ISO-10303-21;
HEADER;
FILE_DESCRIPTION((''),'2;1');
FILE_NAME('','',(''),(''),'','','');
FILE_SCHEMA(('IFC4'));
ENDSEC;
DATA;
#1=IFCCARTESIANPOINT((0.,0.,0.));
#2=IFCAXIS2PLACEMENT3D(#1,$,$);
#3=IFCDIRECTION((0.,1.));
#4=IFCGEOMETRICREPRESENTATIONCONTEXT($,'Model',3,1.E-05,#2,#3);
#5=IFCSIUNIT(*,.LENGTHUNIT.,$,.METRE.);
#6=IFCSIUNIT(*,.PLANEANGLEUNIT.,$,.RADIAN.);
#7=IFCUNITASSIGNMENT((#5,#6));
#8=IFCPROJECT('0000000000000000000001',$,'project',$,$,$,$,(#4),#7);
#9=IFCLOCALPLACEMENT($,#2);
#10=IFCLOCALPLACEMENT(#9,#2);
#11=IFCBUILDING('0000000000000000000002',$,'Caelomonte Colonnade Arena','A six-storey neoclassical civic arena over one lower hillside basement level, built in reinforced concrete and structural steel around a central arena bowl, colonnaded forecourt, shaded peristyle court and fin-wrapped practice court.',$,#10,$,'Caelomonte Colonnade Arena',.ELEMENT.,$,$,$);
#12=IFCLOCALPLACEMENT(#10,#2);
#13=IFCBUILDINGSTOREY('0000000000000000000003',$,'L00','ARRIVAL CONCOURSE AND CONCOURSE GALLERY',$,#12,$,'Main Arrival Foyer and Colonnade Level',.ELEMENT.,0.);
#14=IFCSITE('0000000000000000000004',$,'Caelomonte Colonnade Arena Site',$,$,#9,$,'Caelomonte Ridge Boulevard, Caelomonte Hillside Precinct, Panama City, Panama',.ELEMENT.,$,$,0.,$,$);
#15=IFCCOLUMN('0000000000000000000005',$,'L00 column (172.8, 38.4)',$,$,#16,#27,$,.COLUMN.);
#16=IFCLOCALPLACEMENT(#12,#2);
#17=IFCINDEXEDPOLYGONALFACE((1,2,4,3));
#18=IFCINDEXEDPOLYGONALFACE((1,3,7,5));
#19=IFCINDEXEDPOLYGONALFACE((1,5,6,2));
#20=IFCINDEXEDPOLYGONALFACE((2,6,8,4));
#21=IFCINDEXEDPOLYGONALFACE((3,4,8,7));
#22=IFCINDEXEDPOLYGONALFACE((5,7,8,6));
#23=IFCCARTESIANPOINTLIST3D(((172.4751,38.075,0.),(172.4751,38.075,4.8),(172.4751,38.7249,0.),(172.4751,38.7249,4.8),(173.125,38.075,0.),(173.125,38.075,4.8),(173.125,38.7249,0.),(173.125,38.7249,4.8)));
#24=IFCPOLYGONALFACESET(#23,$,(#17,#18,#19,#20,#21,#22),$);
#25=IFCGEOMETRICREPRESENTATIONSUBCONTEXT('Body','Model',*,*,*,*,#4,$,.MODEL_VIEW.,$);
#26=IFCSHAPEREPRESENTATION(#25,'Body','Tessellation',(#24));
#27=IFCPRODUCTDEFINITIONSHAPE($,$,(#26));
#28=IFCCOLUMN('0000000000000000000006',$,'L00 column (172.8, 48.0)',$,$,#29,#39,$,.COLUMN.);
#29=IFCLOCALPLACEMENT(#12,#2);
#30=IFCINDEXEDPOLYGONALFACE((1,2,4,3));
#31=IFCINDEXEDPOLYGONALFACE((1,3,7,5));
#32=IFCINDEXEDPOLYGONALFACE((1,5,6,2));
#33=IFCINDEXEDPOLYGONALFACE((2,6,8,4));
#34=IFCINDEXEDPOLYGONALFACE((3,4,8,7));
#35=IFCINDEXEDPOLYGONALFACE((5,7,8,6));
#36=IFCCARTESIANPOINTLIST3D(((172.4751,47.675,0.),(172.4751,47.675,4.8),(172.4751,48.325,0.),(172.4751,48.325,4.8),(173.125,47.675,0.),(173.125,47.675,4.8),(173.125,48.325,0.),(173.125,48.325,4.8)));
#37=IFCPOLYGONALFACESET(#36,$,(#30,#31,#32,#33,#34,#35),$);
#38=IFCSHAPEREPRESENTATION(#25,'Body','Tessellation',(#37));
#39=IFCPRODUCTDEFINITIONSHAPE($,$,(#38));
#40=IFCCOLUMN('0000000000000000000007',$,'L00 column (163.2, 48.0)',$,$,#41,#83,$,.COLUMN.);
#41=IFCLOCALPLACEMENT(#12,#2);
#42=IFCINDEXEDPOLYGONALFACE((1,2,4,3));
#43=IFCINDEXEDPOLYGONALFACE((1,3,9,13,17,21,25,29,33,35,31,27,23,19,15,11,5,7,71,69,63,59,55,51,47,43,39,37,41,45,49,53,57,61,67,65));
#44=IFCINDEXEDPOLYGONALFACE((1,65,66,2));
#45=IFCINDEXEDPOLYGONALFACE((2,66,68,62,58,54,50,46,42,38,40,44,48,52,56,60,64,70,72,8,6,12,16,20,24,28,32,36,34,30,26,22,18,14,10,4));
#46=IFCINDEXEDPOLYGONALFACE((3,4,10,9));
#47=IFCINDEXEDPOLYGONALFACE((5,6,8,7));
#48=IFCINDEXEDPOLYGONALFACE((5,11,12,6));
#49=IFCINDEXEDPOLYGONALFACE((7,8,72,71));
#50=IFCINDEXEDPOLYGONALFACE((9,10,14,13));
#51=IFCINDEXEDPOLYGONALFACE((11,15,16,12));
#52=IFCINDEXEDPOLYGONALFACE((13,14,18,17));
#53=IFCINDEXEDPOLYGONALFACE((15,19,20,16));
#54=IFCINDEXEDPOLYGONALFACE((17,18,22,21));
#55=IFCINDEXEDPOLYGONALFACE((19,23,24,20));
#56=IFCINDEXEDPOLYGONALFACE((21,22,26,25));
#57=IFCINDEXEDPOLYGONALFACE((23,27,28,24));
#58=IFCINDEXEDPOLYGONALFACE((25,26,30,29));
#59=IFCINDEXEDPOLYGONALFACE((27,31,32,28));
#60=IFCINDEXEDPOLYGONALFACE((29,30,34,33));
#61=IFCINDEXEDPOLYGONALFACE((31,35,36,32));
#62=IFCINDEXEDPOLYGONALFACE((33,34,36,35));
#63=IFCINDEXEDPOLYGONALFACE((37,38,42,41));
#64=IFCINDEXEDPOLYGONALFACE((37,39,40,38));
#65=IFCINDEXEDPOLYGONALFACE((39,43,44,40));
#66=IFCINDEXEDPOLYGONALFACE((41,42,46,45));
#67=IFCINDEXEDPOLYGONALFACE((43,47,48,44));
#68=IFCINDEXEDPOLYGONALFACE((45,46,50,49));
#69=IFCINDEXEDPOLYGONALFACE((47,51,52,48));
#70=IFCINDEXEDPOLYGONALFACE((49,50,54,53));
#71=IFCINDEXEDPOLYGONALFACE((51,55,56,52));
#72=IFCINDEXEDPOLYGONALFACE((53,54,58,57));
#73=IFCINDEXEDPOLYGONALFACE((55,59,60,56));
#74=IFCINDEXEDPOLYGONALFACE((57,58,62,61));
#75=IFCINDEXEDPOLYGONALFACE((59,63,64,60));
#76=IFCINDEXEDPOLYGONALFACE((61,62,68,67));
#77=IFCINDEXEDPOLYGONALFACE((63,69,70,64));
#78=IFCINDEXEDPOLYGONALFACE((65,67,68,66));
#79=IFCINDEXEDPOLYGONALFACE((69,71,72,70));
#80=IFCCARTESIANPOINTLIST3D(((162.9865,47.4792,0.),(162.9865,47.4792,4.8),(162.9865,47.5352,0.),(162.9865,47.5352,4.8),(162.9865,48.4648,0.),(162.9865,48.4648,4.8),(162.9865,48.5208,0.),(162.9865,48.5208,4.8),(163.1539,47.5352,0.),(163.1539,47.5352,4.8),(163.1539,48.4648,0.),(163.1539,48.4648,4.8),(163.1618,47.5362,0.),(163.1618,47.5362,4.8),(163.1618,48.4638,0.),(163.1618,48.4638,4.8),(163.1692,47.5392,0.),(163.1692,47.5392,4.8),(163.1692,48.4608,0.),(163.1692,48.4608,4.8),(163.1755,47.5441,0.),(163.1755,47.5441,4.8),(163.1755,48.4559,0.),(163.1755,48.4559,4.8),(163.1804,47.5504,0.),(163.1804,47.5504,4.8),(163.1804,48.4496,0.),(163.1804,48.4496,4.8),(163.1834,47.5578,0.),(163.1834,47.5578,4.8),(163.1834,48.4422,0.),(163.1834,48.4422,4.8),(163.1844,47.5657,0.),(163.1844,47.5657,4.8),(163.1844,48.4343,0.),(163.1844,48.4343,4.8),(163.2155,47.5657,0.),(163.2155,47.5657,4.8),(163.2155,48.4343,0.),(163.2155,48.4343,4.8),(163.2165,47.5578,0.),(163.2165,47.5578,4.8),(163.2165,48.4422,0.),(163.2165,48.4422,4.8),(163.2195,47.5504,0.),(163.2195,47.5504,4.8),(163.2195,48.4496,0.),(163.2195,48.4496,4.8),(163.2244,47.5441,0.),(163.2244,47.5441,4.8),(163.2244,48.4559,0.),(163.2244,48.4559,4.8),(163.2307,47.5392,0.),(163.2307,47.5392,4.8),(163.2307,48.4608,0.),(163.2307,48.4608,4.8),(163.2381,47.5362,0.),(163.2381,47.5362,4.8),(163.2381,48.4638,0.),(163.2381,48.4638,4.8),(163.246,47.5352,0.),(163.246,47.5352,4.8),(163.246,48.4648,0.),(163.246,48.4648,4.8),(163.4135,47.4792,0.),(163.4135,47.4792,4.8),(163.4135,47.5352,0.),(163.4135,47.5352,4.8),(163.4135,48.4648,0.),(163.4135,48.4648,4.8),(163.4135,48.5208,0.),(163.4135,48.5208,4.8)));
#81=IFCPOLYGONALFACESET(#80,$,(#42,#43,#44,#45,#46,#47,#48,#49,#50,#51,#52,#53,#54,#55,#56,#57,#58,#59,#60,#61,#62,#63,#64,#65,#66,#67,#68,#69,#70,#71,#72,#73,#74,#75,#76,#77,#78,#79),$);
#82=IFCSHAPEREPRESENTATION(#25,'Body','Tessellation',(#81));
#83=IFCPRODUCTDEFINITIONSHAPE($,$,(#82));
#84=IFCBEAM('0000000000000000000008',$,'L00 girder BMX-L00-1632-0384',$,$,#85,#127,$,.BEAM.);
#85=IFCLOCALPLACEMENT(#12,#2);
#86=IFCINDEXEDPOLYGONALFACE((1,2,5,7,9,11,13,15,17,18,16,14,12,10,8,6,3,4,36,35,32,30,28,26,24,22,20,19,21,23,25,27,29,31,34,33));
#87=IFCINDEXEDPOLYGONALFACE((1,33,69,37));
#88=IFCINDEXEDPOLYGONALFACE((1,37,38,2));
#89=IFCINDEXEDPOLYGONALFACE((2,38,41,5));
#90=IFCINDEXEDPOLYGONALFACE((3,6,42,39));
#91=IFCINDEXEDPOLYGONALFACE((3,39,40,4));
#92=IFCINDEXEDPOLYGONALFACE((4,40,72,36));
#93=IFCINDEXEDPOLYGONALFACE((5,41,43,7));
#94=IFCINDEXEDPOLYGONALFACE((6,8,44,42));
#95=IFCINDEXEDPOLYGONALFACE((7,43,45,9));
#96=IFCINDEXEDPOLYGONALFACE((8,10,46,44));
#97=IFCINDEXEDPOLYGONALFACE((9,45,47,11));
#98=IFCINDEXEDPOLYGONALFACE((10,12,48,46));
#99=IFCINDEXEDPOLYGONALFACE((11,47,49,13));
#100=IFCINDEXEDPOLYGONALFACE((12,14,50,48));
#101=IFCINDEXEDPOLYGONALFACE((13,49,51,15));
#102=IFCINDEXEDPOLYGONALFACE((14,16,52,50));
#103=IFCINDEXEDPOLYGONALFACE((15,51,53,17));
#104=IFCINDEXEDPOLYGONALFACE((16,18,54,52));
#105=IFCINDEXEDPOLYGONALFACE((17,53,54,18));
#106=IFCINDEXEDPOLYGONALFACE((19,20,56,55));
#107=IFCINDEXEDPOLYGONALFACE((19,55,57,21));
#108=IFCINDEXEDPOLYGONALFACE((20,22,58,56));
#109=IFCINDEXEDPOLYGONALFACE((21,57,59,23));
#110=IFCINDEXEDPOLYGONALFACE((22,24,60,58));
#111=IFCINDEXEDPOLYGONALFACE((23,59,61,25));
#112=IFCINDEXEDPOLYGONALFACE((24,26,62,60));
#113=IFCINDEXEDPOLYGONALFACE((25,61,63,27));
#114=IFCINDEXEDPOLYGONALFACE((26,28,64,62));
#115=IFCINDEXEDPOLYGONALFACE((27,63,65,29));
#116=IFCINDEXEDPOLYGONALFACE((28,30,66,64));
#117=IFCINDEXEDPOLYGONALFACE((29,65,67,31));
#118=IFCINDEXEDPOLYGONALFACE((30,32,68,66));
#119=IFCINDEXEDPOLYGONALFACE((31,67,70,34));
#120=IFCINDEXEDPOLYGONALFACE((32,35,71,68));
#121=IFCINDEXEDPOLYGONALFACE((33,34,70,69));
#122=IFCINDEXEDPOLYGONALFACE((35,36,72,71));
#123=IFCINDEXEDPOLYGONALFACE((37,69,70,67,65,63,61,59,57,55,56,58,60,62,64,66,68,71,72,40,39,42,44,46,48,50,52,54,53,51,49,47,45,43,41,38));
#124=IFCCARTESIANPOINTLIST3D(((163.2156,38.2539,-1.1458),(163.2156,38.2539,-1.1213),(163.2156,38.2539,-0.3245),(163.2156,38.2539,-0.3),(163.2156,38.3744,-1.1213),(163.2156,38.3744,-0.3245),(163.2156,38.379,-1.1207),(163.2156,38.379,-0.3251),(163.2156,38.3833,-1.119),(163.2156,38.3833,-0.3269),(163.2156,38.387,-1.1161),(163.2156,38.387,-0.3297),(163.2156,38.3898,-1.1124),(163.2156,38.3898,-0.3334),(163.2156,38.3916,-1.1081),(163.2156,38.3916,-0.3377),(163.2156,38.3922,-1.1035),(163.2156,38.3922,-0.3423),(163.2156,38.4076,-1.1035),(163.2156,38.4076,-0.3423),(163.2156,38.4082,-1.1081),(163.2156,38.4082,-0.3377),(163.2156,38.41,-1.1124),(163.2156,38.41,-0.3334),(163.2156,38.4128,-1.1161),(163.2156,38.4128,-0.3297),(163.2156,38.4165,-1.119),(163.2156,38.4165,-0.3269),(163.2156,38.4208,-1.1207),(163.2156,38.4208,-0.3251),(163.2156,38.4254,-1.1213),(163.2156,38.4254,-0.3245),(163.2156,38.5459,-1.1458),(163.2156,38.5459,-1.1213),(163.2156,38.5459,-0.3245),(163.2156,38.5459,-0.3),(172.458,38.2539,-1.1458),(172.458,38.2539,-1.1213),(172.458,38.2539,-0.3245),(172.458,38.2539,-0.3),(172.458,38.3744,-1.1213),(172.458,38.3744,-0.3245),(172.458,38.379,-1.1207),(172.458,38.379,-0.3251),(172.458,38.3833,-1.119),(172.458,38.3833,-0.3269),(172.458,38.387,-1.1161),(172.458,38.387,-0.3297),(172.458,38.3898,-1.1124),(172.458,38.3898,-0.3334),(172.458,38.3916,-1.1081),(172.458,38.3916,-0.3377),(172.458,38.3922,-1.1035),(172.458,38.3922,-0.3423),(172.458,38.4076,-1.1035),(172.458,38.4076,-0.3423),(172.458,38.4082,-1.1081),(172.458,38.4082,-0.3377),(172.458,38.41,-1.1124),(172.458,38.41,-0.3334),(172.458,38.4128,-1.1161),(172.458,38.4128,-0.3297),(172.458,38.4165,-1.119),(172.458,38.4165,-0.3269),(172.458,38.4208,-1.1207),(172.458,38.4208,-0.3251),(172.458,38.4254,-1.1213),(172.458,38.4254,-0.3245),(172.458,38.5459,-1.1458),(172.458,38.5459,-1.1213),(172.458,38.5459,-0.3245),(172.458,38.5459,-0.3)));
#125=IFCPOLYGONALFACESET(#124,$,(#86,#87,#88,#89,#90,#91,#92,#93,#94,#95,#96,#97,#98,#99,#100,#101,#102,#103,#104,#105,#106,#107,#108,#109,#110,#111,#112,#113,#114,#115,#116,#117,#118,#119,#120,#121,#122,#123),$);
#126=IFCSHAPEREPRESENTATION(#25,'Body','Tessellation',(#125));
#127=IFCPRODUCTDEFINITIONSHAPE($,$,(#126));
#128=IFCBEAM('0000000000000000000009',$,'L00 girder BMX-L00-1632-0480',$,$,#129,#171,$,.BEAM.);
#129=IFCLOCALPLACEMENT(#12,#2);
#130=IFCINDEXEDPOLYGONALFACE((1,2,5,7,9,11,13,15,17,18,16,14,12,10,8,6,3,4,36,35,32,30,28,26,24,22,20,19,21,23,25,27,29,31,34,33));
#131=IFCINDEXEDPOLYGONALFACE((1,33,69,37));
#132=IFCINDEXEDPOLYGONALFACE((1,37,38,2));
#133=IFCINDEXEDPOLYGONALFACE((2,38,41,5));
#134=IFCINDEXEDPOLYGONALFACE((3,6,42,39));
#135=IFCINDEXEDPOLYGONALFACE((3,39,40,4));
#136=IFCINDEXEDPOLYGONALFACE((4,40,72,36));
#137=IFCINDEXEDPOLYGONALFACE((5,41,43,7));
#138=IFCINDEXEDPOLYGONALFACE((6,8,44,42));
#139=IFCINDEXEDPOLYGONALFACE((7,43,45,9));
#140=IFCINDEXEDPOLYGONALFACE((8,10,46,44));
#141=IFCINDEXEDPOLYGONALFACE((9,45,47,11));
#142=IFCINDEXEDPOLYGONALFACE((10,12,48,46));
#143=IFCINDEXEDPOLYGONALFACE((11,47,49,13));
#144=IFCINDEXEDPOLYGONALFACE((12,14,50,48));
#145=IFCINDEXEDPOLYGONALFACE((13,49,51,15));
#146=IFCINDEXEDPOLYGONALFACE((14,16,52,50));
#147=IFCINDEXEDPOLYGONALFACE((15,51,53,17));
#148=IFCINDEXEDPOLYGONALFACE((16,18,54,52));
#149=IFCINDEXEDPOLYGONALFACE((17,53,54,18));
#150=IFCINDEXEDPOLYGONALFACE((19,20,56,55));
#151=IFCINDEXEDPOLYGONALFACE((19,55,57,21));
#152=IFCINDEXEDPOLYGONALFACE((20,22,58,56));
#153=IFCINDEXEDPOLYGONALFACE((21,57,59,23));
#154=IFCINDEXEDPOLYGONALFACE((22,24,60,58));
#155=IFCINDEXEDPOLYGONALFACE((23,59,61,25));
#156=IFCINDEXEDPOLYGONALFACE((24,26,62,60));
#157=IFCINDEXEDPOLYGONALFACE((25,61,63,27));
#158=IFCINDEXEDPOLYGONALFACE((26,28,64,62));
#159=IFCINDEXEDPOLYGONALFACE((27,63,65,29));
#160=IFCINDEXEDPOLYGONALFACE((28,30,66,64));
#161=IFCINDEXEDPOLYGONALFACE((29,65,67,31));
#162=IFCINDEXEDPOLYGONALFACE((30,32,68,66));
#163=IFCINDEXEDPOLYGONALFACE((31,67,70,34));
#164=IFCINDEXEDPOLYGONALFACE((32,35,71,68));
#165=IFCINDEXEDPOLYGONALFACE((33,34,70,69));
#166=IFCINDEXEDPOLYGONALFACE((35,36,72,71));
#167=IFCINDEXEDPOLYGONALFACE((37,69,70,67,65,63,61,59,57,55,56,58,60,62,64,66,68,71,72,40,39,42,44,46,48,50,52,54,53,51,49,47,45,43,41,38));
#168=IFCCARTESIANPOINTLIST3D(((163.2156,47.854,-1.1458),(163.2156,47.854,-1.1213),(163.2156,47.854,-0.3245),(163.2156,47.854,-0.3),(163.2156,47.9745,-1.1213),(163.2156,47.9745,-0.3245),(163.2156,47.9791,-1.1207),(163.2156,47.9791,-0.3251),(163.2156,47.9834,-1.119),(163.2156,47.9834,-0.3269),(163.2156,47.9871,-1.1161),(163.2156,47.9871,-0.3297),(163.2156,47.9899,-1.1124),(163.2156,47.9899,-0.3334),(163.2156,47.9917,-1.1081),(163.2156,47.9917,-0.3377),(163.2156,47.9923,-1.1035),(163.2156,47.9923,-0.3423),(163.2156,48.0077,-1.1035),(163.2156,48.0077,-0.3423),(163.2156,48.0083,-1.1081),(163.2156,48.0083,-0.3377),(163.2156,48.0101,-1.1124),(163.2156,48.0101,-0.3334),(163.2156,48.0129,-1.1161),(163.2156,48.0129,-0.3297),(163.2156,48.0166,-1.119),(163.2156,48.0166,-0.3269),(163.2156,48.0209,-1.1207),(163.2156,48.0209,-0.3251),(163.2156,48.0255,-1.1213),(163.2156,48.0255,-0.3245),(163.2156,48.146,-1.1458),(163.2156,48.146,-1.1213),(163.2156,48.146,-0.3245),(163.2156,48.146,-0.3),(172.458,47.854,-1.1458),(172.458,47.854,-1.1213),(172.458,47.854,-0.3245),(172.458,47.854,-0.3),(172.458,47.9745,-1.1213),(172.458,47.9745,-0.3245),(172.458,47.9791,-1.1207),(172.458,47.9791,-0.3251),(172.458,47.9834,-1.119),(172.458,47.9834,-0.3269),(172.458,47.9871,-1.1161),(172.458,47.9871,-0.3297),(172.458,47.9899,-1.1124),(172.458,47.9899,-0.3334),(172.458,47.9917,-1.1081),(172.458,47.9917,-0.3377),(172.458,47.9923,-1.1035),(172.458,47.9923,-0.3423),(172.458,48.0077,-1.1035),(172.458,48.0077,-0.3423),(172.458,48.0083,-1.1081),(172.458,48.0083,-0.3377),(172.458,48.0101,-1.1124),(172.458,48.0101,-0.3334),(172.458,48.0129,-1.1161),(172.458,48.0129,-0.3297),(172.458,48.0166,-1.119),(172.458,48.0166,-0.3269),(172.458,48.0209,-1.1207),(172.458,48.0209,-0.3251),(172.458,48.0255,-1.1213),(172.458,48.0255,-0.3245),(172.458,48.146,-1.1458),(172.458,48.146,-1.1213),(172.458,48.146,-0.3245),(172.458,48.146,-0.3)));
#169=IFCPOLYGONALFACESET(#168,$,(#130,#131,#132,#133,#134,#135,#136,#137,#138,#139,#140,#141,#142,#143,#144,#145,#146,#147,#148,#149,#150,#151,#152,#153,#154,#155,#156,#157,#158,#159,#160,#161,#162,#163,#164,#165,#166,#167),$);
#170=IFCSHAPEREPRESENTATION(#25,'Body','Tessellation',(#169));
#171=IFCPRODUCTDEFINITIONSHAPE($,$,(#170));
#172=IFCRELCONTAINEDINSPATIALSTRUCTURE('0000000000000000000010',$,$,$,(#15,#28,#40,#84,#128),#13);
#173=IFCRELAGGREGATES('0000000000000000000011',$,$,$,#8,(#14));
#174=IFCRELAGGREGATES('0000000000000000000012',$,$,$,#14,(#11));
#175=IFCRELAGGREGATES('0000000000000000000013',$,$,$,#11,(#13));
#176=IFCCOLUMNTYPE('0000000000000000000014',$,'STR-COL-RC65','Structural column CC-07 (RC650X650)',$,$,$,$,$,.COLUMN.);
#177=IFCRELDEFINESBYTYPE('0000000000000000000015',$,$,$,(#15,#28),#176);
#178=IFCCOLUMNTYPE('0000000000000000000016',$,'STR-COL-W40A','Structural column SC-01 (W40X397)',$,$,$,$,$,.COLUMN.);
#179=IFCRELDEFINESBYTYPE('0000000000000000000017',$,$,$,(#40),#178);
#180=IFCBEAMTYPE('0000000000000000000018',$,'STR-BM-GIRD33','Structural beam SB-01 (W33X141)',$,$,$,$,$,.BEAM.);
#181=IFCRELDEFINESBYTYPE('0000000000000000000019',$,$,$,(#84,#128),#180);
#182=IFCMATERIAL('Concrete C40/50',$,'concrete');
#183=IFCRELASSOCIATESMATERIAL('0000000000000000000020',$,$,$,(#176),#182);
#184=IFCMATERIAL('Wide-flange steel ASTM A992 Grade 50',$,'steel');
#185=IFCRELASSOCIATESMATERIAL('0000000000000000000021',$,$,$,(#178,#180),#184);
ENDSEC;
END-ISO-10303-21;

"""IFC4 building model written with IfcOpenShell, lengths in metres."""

from ifc_helpers import new_model, si_unit, direction, frame, origin, origin_2d, place, context, subcontext, project, spatial, rectangle, i_section, extrude, material, material_profile, profile_set, type_object, element, save


model = new_model("IFC4")

# Units and contexts
model_context = context("Model", 3, precision=1e-05, world=origin(), true_north=direction((0.0, 1.0)))
body_context = subcontext(model_context, "Body", "Model", "MODEL_VIEW")
ifc_project = project(units=[si_unit("LENGTHUNIT", "METRE"), si_unit("PLANEANGLEUNIT", "RADIAN")], contexts=[model_context])

# Site, building, storey
site_placement = place(None, origin())
site = spatial("IfcSite", under=ifc_project, at=site_placement, Name="Caelomonte Colonnade Arena Site", LongName="Caelomonte Ridge Boulevard, Caelomonte Hillside Precinct, Panama City, Panama", CompositionType="ELEMENT", RefElevation=0.0)
building_placement = place(site_placement, origin())
building = spatial("IfcBuilding", under=site, at=building_placement, Name="Caelomonte Colonnade Arena", Description="A six-storey neoclassical civic arena over one lower hillside basement level, built in reinforced concrete and structural steel around a central arena bowl, colonnaded forecourt, shaded peristyle court and fin-wrapped practice court.", LongName="Caelomonte Colonnade Arena", CompositionType="ELEMENT")
storey_placement = place(building_placement, origin())
storey = spatial("IfcBuildingStorey", under=building, at=storey_placement, Name="L00", Description="ARRIVAL CONCOURSE AND CONCOURSE GALLERY", LongName="Main Arrival Foyer and Colonnade Level", CompositionType="ELEMENT", Elevation=0.0)

# Columns
ifc_material_1 = material(Name="Concrete C40/50", Category="concrete")
ifc_material_profile_1 = material_profile(ifc_material_1, rectangle(XDim=0.6499, YDim=0.6499, at=origin_2d()), Name="RC650X650")
ifc_profile_set_1 = profile_set([ifc_material_profile_1], Name="Concrete C40/50")
column_type_1 = type_object("IfcColumnType", Name="STR-COL-RC65", Description="Structural column CC-07 (RC650X650)", PredefinedType="COLUMN", material=ifc_profile_set_1)
for number, where, z_axis, x_axis, name in (
    (1, (172.8, 38.3999, 0.0), (0.0, 0.0, 1.0), (1.0, 0.0, 0.0), "L00 column (172.8, 38.4)"),
    (2, (172.8, 48.0, 0.0), (0.0, 0.0, 1.0), (1.0, 0.0, 0.0), "L00 column (172.8, 48.0)"),
):
    element("IfcColumn", number, at=place(storey_placement, frame(where, z_axis=z_axis, x_axis=x_axis)), inside=storey, type_object=column_type_1, Name=name, PredefinedType="COLUMN", context=body_context, shape_type="SweptSolid", body=[
        extrude(rectangle(XDim=0.6499, YDim=0.6499, at=origin_2d()), origin(), (0.0, 0.0, 1.0), 4.8),
    ])
ifc_material_2 = material(Name="Wide-flange steel ASTM A992 Grade 50", Category="steel")
ifc_material_profile_2 = material_profile(ifc_material_2, i_section(OverallWidth=0.427, OverallDepth=1.0415, WebThickness=0.031, FlangeThickness=0.0559, FilletRadius=0.0305, at=origin_2d()), Name="W40X397")
ifc_profile_set_2 = profile_set([ifc_material_profile_2], Name="Wide-flange steel ASTM A992 Grade 50")
column_type_2 = type_object("IfcColumnType", Name="STR-COL-W40A", Description="Structural column SC-01 (W40X397)", PredefinedType="COLUMN", material=ifc_profile_set_2)
column_placement = place(storey_placement, frame((163.2, 48.0, 0.0), z_axis=(0.0, 0.0, 1.0), x_axis=(1.0, 0.0, 0.0)))
element("IfcColumn", 3, at=column_placement, inside=storey, type_object=column_type_2, Name="L00 column (163.2, 48.0)", PredefinedType="COLUMN", context=body_context, shape_type="SweptSolid", body=[
    extrude(i_section(OverallWidth=0.427, OverallDepth=1.0415, WebThickness=0.031, FlangeThickness=0.0559, FilletRadius=0.0305, at=origin_2d()), origin(), (0.0, 0.0, 1.0), 4.8),
])

# Beams
ifc_material_profile_3 = material_profile(ifc_material_2, i_section(OverallWidth=0.292, OverallDepth=0.8457, WebThickness=0.0154, FlangeThickness=0.0244, FilletRadius=0.0178, at=origin_2d()), Name="W33X141")
ifc_profile_set_3 = profile_set([ifc_material_profile_3], Name="Wide-flange steel ASTM A992 Grade 50")
beam_type_1 = type_object("IfcBeamType", Name="STR-BM-GIRD33", Description="Structural beam SB-01 (W33X141)", PredefinedType="BEAM", material=ifc_profile_set_3)
for number, where, z_axis, x_axis, name in (
    (4, (163.2156, 38.3999, -0.7229), (1.0, 0.0, 0.0), (0.0, 1.0, 0.0), "L00 girder BMX-L00-1632-0384"),
    (5, (163.2156, 48.0, -0.7229), (1.0, 0.0, 0.0), (0.0, 1.0, 0.0), "L00 girder BMX-L00-1632-0480"),
):
    element("IfcBeam", number, at=place(storey_placement, frame(where, z_axis=z_axis, x_axis=x_axis)), inside=storey, type_object=beam_type_1, Name=name, PredefinedType="BEAM", context=body_context, shape_type="SweptSolid", body=[
        extrude(i_section(OverallWidth=0.292, OverallDepth=0.8457, WebThickness=0.0154, FlangeThickness=0.0244, FilletRadius=0.0178, at=origin_2d()), origin(), (0.0, 0.0, 1.0), 9.2424),
    ])

save(model, "model.ifc")
